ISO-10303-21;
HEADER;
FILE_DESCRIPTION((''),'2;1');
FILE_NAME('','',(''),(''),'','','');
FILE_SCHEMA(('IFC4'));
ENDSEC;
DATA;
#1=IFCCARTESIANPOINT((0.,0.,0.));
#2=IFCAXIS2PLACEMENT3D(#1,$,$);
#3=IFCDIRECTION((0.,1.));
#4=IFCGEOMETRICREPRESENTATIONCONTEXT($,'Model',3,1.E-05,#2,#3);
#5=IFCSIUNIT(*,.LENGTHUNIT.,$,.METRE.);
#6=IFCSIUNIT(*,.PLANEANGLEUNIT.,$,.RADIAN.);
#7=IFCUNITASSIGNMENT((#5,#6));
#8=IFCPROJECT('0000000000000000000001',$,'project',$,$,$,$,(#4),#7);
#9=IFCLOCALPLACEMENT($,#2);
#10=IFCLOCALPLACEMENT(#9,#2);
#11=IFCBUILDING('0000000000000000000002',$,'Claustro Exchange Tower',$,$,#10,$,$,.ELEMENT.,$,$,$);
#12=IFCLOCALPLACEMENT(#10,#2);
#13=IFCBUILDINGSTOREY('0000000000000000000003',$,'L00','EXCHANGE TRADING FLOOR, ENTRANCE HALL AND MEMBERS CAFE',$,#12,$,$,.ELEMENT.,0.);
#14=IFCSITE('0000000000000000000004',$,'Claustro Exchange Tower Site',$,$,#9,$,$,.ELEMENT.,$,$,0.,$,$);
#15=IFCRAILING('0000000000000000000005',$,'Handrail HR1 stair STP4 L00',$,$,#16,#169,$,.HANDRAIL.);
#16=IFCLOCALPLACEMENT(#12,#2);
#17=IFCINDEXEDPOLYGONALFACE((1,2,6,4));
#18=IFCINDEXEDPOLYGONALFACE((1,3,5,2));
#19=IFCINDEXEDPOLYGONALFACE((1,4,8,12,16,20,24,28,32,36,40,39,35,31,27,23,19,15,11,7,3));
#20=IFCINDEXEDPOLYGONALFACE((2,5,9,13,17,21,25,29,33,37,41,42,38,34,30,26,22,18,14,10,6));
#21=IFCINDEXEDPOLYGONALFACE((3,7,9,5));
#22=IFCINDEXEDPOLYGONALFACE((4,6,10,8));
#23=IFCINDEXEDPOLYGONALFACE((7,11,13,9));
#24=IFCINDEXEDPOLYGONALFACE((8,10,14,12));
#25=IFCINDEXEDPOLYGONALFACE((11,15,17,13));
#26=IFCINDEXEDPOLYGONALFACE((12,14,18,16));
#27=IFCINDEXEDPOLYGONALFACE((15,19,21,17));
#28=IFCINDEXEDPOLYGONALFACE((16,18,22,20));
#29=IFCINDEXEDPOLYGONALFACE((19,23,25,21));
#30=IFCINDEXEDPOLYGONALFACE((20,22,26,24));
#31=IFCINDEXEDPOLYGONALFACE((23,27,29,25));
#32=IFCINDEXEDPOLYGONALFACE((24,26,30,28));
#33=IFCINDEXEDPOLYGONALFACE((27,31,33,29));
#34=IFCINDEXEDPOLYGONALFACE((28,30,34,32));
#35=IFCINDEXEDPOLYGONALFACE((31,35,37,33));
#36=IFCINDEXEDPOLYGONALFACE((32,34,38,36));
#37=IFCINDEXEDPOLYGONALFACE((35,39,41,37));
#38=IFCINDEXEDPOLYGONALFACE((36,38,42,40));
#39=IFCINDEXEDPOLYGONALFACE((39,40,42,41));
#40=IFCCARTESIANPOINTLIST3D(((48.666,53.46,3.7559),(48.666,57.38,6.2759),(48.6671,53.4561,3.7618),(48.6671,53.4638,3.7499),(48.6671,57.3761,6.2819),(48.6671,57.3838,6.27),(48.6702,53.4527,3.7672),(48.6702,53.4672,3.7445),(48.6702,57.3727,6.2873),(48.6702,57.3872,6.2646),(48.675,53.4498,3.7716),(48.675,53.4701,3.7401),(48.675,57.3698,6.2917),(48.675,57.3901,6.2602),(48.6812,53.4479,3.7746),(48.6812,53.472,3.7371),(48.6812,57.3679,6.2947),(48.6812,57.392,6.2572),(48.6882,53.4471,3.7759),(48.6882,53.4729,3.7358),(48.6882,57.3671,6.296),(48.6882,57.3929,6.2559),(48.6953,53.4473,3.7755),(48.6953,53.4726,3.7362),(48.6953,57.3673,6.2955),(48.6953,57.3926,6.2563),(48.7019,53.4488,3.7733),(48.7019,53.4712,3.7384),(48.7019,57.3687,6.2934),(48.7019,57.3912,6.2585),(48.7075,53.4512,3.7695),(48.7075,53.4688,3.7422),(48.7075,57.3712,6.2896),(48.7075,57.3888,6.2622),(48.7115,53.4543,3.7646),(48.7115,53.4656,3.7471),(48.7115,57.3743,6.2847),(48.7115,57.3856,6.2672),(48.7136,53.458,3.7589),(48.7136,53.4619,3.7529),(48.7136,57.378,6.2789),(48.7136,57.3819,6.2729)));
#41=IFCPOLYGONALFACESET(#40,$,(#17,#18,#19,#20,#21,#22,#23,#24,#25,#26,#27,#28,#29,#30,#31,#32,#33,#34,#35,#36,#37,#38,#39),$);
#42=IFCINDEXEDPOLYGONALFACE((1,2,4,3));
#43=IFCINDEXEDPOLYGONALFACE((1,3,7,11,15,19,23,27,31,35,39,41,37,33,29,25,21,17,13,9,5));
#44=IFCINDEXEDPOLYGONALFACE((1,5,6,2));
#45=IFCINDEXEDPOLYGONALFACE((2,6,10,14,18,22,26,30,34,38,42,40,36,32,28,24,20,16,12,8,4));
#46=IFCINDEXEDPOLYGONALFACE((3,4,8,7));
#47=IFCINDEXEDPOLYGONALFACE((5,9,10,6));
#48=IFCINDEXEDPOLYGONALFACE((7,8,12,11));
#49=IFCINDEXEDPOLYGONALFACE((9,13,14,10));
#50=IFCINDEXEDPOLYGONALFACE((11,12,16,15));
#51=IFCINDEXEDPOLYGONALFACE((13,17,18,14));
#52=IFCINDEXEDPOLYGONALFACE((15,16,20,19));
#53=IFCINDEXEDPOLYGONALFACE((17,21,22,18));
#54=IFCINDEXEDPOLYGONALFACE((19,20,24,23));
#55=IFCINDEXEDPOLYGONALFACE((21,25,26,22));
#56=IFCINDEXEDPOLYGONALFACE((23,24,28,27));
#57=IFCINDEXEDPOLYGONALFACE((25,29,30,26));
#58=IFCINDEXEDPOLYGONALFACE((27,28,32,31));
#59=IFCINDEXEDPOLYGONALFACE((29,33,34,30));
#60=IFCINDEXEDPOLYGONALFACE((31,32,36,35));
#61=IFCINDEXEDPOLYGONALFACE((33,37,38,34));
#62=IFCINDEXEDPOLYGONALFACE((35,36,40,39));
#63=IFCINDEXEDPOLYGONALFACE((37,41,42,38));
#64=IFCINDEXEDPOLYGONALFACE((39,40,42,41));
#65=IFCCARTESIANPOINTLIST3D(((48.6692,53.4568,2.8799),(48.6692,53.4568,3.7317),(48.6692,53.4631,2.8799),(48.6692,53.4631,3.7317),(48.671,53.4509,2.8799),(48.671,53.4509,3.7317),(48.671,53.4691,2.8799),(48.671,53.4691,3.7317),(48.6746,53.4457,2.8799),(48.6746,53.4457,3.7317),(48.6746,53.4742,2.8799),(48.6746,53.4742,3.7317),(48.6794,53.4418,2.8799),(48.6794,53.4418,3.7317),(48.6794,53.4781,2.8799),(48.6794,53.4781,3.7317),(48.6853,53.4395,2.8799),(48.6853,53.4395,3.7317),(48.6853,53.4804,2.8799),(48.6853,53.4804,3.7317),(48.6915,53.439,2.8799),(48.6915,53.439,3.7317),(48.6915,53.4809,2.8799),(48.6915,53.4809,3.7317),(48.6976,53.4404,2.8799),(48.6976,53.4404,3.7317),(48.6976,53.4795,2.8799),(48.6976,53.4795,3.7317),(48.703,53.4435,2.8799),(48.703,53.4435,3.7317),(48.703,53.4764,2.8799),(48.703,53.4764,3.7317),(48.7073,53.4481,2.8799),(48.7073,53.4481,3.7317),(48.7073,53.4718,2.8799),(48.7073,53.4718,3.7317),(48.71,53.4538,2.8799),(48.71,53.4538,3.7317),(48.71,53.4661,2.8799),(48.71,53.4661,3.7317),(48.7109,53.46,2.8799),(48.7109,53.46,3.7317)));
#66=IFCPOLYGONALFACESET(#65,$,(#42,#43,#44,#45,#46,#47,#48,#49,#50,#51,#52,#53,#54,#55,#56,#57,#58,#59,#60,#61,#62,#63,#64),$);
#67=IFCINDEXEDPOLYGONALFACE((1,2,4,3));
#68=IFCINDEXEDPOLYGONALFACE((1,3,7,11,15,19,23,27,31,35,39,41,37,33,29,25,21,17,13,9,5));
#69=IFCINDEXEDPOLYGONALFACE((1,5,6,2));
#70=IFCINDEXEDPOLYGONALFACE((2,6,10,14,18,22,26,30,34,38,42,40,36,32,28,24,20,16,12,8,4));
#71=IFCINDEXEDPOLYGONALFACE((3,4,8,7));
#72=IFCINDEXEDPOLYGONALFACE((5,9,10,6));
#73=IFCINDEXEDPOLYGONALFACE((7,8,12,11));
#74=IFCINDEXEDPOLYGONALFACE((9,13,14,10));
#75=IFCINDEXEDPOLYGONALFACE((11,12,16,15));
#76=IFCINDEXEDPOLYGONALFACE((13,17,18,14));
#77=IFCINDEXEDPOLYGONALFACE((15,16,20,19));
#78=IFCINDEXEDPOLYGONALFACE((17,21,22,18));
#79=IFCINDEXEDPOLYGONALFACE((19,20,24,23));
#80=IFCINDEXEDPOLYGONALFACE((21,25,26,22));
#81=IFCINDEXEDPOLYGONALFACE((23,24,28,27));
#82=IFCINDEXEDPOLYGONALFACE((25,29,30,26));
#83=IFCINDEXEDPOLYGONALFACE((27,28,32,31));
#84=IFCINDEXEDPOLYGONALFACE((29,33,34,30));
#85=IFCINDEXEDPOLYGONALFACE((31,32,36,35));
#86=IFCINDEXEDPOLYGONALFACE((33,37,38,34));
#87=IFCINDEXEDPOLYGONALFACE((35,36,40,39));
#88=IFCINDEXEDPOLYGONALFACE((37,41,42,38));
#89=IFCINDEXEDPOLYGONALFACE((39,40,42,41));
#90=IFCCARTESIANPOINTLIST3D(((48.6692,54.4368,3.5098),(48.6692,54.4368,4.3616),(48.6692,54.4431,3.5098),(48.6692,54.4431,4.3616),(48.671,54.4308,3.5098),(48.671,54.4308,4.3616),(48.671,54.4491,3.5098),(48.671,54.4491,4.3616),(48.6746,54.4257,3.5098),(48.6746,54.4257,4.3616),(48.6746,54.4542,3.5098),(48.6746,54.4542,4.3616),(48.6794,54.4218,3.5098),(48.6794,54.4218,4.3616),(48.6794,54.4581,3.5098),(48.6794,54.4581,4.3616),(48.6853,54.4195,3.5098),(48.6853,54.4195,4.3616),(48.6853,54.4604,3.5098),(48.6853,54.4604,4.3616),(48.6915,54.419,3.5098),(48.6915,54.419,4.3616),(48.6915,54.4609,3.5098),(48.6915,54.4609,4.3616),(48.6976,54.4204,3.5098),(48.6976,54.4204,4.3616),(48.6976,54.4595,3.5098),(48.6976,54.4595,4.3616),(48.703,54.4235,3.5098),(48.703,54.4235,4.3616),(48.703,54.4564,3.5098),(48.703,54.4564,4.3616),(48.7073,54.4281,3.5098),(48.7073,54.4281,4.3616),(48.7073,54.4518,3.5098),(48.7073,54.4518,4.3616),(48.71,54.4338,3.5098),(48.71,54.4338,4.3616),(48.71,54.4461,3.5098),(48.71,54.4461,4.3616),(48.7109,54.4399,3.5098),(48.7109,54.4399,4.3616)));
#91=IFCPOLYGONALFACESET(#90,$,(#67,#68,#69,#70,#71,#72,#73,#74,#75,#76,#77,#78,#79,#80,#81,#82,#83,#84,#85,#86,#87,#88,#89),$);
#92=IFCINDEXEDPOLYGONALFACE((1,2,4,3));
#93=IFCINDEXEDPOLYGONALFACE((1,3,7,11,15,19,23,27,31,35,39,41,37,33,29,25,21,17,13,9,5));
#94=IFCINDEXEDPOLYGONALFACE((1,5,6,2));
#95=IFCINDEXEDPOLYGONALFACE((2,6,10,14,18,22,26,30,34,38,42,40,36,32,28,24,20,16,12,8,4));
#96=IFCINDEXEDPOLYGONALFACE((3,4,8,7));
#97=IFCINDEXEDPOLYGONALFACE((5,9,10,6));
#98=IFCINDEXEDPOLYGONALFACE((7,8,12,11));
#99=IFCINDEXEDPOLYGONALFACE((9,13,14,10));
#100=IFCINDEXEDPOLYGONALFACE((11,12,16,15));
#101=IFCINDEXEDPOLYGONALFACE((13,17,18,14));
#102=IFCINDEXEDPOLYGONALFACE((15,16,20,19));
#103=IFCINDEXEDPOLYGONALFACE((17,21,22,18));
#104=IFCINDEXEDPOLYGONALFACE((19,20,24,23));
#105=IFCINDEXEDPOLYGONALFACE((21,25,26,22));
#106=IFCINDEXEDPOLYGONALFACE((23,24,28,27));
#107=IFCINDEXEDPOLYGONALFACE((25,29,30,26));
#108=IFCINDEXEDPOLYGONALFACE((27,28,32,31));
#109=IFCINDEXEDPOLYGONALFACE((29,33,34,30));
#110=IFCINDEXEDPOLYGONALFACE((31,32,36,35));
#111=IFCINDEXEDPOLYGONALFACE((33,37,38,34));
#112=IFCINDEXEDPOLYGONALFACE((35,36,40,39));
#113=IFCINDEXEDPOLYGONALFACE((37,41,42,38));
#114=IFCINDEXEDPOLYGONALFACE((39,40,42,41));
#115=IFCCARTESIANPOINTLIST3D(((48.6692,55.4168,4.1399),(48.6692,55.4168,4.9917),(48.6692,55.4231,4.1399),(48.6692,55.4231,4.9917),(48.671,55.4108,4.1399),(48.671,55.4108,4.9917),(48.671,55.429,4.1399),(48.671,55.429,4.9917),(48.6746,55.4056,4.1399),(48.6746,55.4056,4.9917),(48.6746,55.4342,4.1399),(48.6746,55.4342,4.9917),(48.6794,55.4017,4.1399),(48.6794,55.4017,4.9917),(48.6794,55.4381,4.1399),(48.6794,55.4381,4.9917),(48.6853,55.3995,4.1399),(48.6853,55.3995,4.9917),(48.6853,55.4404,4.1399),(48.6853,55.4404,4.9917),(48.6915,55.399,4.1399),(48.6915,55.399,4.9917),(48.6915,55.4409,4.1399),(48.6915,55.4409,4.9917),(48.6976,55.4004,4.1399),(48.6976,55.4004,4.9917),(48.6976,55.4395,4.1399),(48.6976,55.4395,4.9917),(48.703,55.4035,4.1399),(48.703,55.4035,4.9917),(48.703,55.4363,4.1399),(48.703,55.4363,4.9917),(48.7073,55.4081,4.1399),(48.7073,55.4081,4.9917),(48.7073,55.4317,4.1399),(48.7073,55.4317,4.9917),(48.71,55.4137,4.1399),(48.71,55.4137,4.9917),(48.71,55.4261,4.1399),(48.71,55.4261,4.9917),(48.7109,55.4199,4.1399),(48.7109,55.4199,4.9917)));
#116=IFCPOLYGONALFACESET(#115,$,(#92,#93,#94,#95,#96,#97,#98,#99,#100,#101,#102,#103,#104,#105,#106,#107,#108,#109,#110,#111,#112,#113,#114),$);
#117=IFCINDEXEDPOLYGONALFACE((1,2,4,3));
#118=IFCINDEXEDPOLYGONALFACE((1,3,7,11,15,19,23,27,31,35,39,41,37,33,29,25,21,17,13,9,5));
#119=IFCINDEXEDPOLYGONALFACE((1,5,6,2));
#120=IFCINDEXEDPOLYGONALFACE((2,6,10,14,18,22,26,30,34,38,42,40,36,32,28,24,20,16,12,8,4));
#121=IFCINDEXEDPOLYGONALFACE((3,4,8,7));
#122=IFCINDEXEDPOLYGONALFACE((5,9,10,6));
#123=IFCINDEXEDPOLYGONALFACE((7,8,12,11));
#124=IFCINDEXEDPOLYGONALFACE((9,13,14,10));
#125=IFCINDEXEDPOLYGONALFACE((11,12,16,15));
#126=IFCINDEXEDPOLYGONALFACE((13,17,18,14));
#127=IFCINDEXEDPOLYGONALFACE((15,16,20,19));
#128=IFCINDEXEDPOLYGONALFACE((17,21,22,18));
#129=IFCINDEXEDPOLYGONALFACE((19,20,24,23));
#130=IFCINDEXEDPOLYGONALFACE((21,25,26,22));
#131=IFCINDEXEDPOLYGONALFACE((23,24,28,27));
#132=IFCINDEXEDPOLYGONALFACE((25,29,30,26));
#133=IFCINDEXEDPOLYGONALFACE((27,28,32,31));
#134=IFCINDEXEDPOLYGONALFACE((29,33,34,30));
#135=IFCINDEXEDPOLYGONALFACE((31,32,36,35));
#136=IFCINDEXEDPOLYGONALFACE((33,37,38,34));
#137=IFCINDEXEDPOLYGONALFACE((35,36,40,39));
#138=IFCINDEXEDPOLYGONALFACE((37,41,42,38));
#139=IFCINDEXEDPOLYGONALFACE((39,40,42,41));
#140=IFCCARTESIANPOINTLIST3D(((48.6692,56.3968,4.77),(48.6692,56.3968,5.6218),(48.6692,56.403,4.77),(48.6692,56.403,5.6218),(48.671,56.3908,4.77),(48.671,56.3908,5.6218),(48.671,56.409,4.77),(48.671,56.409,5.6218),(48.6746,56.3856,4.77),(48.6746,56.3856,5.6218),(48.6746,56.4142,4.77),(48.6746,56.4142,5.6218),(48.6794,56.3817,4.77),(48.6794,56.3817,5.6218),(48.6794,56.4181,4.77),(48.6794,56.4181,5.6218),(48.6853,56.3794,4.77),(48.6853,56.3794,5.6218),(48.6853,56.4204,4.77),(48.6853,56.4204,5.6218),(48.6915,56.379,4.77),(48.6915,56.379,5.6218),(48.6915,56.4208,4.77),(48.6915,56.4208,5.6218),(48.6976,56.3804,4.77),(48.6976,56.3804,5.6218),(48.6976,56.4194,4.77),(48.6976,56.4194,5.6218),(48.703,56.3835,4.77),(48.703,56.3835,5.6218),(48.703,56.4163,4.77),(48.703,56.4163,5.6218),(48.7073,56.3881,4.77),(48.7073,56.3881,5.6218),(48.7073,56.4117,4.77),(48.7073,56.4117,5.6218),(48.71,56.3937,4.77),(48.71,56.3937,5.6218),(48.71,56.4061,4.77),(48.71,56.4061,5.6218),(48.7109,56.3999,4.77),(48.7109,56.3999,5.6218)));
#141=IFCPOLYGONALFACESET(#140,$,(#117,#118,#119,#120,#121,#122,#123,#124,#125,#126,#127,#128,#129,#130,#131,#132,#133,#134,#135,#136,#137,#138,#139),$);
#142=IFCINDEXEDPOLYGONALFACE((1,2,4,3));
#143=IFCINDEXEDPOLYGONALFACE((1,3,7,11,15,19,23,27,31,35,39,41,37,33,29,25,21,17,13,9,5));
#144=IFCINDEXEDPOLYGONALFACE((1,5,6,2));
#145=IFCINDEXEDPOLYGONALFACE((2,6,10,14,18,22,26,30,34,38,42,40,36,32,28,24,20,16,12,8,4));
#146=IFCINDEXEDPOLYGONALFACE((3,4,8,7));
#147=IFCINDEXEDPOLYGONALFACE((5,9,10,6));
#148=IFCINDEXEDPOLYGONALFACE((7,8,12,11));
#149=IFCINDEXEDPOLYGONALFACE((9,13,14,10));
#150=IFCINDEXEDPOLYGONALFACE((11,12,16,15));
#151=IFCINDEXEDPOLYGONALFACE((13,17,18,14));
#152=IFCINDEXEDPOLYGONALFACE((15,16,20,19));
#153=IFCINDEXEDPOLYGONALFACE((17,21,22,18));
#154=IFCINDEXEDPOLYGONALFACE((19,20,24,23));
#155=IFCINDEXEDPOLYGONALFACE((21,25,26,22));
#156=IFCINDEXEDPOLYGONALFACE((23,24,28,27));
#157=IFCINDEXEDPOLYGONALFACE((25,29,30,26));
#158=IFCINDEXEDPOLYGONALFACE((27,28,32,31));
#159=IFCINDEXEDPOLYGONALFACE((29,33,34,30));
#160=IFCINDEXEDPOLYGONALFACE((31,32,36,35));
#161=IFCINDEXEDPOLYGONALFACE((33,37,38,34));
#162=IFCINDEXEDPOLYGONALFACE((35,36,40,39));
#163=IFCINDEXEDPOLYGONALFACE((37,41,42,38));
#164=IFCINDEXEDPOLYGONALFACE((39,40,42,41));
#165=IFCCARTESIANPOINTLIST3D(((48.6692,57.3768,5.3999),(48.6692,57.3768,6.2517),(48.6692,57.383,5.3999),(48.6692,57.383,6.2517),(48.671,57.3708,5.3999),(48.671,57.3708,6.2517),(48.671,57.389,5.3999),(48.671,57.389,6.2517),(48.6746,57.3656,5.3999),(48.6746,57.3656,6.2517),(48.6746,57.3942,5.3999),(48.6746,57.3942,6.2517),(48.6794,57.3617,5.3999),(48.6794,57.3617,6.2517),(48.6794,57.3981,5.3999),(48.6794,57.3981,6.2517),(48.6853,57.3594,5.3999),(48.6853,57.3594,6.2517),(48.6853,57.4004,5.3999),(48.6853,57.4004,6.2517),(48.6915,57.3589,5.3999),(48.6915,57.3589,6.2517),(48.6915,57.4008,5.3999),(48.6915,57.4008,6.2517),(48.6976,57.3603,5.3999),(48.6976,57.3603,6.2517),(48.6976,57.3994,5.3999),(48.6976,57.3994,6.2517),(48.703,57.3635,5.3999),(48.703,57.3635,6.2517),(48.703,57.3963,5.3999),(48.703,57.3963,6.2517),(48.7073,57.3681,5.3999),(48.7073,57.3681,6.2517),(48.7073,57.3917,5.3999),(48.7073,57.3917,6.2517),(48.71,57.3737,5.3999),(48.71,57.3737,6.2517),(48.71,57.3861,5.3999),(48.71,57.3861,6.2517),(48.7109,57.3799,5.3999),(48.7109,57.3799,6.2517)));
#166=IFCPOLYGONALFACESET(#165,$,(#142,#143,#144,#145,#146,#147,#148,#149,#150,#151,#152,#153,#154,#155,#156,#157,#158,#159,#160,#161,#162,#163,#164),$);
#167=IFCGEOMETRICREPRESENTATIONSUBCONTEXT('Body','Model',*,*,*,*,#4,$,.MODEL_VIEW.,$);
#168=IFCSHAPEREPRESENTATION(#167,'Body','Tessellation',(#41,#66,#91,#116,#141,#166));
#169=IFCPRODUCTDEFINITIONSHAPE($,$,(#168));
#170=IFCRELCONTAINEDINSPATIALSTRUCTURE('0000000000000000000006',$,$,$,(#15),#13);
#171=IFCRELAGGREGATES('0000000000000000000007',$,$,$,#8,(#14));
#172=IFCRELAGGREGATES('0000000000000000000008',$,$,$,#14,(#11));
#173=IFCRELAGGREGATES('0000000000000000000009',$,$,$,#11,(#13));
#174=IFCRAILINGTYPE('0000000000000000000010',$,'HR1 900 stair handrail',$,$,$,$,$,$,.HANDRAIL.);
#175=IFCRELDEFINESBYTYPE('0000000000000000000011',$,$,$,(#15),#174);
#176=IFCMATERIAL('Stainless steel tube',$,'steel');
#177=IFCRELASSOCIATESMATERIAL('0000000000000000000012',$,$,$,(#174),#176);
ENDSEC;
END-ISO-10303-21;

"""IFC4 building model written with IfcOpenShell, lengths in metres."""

from ifc_helpers import new_model, si_unit, direction, frame, origin, origin_2d, place, context, subcontext, project, spatial, circle, extrude, material, type_object, element, save


model = new_model("IFC4")

# Units and contexts
model_context = context("Model", 3, precision=1e-05, world=origin(), true_north=direction((0.0, 1.0)))
body_context = subcontext(model_context, "Body", "Model", "MODEL_VIEW")
ifc_project = project(units=[si_unit("LENGTHUNIT", "METRE"), si_unit("PLANEANGLEUNIT", "RADIAN")], contexts=[model_context])

# Site, building, storey
site_placement = place(None, origin())
site = spatial("IfcSite", under=ifc_project, at=site_placement, Name="Claustro Exchange Tower Site", CompositionType="ELEMENT", RefElevation=0.0)
building_placement = place(site_placement, origin())
building = spatial("IfcBuilding", under=site, at=building_placement, Name="Claustro Exchange Tower", CompositionType="ELEMENT")
storey_placement = place(building_placement, origin())
storey = spatial("IfcBuildingStorey", under=building, at=storey_placement, Name="L00", Description="EXCHANGE TRADING FLOOR, ENTRANCE HALL AND MEMBERS CAFE", CompositionType="ELEMENT", Elevation=0.0)

# Railing
ifc_material_1 = material(Name="Stainless steel tube", Category="steel")
railing_type_1 = type_object("IfcRailingType", Name="HR1 900 stair handrail", PredefinedType="HANDRAIL", material=ifc_material_1)
railing_1_placement = place(storey_placement, frame((48.6899, 53.46, 2.8799)))
element("IfcRailing", 1, at=railing_1_placement, inside=storey, type_object=railing_type_1, Name="Handrail HR1 stair STP4 L00", PredefinedType="HANDRAIL", context=body_context, shape_type="SweptSolid", body=[
    extrude(circle(Radius=0.0239, at=origin_2d()), frame((0.0, 0.0, 0.876), z_axis=(0.0, 0.841172, 0.540768), x_axis=(-1.0, 0.0, 0.0)), (0.0, 0.0, 1.0), 4.6602),
    extrude(circle(Radius=0.021, at=origin_2d()), origin(), (0.0, 0.0, 1.0), 0.8518),
    extrude(circle(Radius=0.021, at=origin_2d()), frame((0.0, 0.98, 0.6299)), (0.0, 0.0, 1.0), 0.8518),
    extrude(circle(Radius=0.021, at=origin_2d()), frame((0.0, 1.96, 1.26)), (0.0, 0.0, 1.0), 0.8518),
    extrude(circle(Radius=0.021, at=origin_2d()), frame((0.0, 2.9399, 1.8901)), (0.0, 0.0, 1.0), 0.8518),
    extrude(circle(Radius=0.021, at=origin_2d()), frame((0.0, 3.9199, 2.52)), (0.0, 0.0, 1.0), 0.8518),
])

save(model, "model.ifc")
